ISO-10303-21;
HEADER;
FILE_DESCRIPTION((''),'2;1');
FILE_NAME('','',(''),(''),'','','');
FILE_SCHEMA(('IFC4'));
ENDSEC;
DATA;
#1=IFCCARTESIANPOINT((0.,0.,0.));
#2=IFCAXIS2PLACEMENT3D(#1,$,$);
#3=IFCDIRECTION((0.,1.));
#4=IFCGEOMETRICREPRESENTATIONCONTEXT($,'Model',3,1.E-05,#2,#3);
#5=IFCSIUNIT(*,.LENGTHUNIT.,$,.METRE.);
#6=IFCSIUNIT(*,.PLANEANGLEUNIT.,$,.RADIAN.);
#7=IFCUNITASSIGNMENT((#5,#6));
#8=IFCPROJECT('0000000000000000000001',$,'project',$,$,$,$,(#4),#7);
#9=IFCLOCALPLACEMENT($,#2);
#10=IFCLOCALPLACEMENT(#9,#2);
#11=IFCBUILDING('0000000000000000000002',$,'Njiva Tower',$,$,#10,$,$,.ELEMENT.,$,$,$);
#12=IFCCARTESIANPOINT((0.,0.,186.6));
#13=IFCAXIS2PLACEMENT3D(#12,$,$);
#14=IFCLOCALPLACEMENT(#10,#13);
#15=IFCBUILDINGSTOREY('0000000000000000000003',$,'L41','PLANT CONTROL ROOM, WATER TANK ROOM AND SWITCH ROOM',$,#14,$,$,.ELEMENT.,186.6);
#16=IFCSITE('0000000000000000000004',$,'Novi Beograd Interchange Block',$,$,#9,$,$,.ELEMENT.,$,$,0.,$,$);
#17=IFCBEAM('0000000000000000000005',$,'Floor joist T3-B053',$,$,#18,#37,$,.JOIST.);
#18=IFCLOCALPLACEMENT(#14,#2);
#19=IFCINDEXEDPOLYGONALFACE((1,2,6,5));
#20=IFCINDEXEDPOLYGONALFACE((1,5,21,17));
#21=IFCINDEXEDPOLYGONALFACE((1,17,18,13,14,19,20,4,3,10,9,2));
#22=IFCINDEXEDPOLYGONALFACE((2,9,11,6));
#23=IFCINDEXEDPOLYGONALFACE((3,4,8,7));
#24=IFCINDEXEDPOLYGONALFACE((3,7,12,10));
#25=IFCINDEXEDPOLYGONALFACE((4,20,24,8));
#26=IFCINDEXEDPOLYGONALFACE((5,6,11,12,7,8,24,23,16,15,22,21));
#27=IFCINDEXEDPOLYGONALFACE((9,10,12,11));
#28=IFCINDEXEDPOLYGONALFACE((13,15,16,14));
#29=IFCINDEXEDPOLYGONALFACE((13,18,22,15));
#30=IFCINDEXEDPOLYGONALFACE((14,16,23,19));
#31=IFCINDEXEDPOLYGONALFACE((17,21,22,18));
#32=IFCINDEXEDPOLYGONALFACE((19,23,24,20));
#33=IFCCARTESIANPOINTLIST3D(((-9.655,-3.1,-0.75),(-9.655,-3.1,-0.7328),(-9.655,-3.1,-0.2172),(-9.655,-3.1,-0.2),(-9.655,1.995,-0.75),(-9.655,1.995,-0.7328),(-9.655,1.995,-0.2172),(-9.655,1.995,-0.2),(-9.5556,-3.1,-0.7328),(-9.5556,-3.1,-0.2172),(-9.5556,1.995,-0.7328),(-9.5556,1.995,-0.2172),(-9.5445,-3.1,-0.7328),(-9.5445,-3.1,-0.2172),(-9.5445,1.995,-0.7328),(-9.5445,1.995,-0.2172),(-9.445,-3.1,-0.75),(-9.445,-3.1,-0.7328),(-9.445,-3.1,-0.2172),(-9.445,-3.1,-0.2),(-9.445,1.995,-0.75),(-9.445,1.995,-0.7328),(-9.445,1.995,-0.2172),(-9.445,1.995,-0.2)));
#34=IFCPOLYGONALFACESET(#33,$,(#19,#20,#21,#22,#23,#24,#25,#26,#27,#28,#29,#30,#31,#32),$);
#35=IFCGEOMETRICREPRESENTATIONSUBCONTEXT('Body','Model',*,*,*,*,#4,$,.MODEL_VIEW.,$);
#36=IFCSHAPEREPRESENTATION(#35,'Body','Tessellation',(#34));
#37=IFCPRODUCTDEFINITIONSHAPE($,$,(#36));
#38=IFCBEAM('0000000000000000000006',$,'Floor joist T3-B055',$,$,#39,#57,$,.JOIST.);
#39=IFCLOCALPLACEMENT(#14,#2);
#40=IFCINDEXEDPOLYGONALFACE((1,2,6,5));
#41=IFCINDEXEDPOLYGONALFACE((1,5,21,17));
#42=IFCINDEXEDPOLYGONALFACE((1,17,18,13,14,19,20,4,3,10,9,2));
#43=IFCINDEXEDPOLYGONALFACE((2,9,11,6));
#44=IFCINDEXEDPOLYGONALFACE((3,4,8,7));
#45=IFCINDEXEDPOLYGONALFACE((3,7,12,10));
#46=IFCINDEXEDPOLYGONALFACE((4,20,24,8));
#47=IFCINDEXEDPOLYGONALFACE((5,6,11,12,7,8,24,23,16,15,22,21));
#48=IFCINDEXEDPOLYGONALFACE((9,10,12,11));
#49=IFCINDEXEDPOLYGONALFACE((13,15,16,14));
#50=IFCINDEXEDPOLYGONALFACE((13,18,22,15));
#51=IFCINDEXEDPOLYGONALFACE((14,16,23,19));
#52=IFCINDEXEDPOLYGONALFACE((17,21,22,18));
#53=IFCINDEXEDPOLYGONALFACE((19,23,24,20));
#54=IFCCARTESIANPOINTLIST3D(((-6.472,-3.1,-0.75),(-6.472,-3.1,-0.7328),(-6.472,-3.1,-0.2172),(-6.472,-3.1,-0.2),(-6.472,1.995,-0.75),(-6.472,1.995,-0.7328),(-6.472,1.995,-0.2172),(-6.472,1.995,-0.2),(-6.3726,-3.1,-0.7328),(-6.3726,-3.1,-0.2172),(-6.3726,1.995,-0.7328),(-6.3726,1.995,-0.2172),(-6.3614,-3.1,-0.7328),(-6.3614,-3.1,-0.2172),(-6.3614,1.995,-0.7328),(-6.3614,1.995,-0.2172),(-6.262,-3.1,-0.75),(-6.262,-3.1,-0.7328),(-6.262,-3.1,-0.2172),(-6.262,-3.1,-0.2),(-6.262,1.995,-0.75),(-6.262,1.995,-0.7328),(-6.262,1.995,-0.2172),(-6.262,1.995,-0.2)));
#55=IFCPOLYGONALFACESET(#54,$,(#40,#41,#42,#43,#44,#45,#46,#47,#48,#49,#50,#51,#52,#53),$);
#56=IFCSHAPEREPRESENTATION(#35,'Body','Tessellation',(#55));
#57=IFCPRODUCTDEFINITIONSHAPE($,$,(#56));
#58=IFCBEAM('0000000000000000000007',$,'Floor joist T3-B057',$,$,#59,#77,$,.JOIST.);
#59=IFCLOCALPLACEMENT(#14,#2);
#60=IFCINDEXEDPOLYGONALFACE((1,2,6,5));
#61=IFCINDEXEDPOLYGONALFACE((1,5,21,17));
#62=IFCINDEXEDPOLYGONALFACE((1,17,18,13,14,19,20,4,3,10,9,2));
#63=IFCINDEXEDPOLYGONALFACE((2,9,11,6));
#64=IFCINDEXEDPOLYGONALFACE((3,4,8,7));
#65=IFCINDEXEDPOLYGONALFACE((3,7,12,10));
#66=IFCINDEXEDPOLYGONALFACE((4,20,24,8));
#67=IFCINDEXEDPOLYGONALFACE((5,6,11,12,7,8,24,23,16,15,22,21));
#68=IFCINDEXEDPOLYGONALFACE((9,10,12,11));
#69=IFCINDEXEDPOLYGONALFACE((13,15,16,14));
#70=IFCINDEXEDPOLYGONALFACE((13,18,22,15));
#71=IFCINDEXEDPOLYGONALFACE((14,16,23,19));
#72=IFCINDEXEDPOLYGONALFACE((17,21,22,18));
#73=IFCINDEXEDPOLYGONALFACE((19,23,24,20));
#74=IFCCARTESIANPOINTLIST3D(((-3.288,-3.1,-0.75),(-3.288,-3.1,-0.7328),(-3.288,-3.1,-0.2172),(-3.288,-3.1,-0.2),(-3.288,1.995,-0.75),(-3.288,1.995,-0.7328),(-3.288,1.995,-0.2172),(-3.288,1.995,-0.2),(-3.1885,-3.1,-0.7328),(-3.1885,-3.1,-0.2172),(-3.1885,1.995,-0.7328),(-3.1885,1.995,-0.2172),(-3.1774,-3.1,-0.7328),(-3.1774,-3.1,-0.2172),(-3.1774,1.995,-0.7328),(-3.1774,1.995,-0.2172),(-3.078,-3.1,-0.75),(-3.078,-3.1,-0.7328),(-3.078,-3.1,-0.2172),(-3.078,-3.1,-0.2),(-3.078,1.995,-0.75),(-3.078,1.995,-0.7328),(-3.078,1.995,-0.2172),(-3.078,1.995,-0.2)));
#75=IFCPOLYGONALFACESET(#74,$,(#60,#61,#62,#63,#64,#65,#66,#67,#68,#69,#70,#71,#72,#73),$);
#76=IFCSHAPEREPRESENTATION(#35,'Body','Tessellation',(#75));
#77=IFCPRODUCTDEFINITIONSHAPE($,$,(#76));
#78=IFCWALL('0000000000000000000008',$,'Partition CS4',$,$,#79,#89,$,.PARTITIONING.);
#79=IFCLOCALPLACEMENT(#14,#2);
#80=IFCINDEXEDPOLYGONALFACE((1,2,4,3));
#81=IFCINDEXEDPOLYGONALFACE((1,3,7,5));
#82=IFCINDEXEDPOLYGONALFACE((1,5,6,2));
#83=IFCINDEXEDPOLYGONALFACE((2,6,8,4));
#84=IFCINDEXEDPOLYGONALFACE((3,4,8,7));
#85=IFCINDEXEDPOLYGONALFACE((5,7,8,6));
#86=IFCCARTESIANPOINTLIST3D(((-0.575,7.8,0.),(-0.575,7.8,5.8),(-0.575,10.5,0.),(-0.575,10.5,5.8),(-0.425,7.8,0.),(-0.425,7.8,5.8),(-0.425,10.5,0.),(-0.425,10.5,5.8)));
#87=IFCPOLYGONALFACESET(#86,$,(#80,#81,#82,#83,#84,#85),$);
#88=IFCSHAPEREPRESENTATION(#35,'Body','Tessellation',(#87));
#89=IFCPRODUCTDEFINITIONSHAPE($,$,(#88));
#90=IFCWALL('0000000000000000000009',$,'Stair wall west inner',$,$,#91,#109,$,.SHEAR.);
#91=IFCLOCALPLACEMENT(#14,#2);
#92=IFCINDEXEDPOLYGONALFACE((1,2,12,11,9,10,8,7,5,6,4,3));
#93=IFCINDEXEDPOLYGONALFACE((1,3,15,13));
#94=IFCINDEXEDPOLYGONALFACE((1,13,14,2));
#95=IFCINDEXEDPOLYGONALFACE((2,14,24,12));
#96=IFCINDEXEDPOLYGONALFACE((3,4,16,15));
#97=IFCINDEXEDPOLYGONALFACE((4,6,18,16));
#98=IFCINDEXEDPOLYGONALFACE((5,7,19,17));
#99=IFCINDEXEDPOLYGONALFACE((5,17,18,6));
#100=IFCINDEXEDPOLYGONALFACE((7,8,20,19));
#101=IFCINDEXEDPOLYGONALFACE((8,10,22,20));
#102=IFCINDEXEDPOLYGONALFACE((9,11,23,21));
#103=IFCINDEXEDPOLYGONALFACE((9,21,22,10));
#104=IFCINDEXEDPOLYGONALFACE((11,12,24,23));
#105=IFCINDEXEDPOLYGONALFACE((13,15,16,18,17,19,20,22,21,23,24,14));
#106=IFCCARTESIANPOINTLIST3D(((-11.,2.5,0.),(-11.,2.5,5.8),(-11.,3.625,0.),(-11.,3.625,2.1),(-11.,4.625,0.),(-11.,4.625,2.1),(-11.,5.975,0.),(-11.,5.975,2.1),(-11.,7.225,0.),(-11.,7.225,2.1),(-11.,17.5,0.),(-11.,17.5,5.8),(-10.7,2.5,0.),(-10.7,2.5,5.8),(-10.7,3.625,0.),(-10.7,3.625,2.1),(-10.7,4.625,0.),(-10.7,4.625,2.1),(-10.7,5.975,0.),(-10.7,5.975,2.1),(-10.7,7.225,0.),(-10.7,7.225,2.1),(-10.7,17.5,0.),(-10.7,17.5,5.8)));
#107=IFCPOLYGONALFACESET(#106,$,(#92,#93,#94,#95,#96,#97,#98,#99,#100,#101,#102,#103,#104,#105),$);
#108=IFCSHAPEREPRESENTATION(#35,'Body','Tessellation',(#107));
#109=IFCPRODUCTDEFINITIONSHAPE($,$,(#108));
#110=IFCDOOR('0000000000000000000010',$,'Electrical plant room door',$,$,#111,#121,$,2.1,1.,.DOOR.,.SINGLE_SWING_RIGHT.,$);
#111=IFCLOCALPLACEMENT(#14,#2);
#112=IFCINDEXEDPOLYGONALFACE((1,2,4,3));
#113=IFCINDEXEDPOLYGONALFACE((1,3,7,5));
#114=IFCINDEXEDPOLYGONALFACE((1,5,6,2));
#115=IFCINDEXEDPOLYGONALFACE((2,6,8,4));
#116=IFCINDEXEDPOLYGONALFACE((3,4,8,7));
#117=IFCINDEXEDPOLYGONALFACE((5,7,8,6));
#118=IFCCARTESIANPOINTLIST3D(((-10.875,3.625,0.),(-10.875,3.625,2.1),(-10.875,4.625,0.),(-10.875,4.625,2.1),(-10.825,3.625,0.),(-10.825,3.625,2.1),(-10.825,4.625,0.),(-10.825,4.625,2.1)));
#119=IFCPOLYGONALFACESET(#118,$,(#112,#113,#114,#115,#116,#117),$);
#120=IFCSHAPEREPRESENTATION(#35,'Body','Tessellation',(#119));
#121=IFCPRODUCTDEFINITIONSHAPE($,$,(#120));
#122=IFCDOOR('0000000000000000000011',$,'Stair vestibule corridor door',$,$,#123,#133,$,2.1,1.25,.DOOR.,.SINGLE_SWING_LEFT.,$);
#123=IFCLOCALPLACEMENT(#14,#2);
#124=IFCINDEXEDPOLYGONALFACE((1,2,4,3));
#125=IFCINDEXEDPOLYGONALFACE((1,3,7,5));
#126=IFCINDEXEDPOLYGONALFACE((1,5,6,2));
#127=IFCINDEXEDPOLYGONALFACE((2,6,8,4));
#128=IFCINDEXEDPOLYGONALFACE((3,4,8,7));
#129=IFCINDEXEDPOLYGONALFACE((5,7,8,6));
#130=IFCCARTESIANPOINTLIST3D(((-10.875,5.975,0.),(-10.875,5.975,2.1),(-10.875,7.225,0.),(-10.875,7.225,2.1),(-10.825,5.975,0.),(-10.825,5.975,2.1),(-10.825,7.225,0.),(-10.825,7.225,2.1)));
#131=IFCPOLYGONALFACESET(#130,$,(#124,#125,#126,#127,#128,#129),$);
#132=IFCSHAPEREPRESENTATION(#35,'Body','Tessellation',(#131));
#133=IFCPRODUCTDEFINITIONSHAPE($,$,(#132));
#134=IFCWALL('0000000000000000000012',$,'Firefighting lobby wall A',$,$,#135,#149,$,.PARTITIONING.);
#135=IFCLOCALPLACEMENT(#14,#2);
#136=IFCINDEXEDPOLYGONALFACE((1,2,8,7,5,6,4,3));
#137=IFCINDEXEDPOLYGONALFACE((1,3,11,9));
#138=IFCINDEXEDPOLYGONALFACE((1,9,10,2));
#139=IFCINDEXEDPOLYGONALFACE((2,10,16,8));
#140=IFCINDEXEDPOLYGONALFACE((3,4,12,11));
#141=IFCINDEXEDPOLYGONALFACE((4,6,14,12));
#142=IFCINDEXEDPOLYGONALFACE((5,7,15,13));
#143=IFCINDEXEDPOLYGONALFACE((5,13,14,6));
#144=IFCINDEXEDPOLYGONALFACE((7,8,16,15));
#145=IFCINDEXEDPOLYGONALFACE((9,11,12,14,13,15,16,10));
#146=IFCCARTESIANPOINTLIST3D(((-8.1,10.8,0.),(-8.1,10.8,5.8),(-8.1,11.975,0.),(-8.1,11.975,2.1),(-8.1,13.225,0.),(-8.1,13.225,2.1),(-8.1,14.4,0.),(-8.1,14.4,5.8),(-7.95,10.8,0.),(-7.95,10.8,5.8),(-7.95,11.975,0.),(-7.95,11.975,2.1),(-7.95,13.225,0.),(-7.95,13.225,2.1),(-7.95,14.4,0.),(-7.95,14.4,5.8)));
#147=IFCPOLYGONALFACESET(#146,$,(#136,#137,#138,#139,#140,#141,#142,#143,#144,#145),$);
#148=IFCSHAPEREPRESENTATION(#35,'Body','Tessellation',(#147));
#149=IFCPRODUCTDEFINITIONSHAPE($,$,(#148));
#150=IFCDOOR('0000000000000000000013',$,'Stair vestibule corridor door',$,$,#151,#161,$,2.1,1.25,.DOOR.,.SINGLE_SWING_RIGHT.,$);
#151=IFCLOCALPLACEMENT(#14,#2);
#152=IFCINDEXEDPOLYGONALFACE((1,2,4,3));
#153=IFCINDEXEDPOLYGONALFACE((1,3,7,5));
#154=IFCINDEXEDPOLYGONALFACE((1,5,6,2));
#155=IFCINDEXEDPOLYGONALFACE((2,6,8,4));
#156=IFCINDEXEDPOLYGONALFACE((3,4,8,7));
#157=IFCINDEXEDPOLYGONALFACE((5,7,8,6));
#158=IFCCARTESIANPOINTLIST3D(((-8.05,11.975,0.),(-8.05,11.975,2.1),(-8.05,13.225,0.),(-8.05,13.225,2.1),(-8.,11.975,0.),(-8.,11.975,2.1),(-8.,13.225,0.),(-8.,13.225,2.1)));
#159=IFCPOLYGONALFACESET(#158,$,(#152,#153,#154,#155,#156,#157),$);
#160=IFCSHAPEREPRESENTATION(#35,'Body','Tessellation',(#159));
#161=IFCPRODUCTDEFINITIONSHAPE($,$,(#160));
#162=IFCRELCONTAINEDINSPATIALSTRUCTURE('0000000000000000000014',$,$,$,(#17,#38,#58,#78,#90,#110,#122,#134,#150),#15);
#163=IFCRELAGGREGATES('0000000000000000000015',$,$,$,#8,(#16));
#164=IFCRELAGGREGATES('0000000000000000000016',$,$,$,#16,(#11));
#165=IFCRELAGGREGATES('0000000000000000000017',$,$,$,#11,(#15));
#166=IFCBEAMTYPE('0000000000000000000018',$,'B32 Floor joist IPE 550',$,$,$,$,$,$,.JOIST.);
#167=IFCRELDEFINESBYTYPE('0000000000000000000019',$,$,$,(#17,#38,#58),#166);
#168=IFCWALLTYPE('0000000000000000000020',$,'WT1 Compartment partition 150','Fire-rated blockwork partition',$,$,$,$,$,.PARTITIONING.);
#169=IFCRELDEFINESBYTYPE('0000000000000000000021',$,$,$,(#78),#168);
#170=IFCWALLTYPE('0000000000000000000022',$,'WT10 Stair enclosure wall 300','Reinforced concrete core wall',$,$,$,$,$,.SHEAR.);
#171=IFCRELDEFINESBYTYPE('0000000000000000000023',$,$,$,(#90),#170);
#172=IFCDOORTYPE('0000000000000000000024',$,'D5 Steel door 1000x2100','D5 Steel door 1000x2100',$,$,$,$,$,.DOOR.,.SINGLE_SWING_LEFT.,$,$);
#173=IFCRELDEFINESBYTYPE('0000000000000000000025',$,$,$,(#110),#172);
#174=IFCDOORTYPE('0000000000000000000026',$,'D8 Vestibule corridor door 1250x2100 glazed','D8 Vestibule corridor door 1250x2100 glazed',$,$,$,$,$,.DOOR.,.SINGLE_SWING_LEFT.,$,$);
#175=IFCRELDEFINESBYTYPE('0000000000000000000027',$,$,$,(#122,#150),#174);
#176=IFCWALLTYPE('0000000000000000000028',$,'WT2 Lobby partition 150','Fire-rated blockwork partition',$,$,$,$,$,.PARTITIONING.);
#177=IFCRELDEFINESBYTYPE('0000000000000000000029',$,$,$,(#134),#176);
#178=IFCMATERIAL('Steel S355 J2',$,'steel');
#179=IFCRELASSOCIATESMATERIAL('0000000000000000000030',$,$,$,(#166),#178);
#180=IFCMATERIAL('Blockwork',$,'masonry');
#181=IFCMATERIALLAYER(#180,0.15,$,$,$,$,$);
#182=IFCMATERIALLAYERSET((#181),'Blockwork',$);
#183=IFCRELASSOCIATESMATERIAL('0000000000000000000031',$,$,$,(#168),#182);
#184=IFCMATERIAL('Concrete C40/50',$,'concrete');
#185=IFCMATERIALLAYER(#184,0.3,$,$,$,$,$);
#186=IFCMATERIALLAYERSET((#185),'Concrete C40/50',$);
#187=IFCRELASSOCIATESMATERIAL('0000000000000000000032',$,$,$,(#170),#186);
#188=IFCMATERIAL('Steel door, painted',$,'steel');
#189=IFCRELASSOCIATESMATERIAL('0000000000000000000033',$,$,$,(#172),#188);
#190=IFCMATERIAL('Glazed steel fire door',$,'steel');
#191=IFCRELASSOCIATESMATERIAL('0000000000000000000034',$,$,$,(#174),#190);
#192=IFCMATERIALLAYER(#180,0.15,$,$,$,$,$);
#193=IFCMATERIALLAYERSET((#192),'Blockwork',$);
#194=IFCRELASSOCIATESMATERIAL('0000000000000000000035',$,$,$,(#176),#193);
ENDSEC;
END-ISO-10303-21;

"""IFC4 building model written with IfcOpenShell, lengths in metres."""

from ifc_helpers import new_model, si_unit, direction, frame, frame_2d, origin, origin_2d, place, context, subcontext, project, spatial, rectangle, i_section, extrude, material, layer, layer_set, material_profile, profile_set, type_object, element, fill, save


model = new_model("IFC4")

# Units and contexts
model_context = context("Model", 3, precision=1e-05, world=origin(), true_north=direction((0.0, 1.0)))
body_context = subcontext(model_context, "Body", "Model", "MODEL_VIEW")
ifc_project = project(units=[si_unit("LENGTHUNIT", "METRE"), si_unit("PLANEANGLEUNIT", "RADIAN")], contexts=[model_context])

# Site, building, storey
site_placement = place(None, origin())
site = spatial("IfcSite", under=ifc_project, at=site_placement, Name="Novi Beograd Interchange Block", CompositionType="ELEMENT", RefElevation=0.0)
building_placement = place(site_placement, origin())
building = spatial("IfcBuilding", under=site, at=building_placement, Name="Njiva Tower", CompositionType="ELEMENT")
storey_placement = place(building_placement, frame((0.0, 0.0, 186.6)))
storey = spatial("IfcBuildingStorey", under=building, at=storey_placement, Name="L41", Description="PLANT CONTROL ROOM, WATER TANK ROOM AND SWITCH ROOM", CompositionType="ELEMENT", Elevation=186.6)

# Beams
ifc_material_1 = material(Name="Steel S355 J2", Category="steel")
ifc_material_profile = material_profile(ifc_material_1, i_section(OverallWidth=0.21, OverallDepth=0.55, WebThickness=0.0111, FlangeThickness=0.0172, at=origin_2d()), Name="IPE 550")
ifc_profile_set = profile_set([ifc_material_profile], Name="Steel S355 J2")
beam_type = type_object("IfcBeamType", Name="B32 Floor joist IPE 550", PredefinedType="JOIST", material=ifc_profile_set)
for number, where, z_axis, x_axis, name in (
    (1, (-9.55, 1.995, -0.475), (0.0, -1.0, 0.0), (1.0, 0.0, 0.0), "Floor joist T3-B053"),
    (2, (-6.367, 1.995, -0.475), (0.0, -1.0, 0.0), (1.0, 0.0, 0.0), "Floor joist T3-B055"),
    (3, (-3.183, 1.995, -0.475), (0.0, -1.0, 0.0), (1.0, 0.0, 0.0), "Floor joist T3-B057"),
):
    element("IfcBeam", number, at=place(storey_placement, frame(where, z_axis=z_axis, x_axis=x_axis)), inside=storey, type_object=beam_type, Name=name, PredefinedType="JOIST", context=body_context, shape_type="SweptSolid", body=[
        extrude(i_section(OverallWidth=0.21, OverallDepth=0.55, WebThickness=0.0111, FlangeThickness=0.0172, at=origin_2d()), origin(), (0.0, 0.0, 1.0), 5.095),
    ])

# Wall
ifc_material_2 = material(Name="Blockwork", Category="masonry")
ifc_layer_1 = layer(ifc_material_2, 0.15)
ifc_layer_set_1 = layer_set([ifc_layer_1], Name="Blockwork")
wall_type_1 = type_object("IfcWallType", Name="WT1 Compartment partition 150", Description="Fire-rated blockwork partition", PredefinedType="PARTITIONING", material=ifc_layer_set_1)
wall_1_placement = place(storey_placement, frame((-0.5, 7.8, 0.0), z_axis=(0.0, 0.0, 1.0), x_axis=(0.0, 1.0, 0.0)))
element("IfcWall", 4, at=wall_1_placement, inside=storey, type_object=wall_type_1, Name="Partition CS4", PredefinedType="PARTITIONING", context=body_context, shape_type="SweptSolid", body=[
    extrude(rectangle(XDim=2.7, YDim=0.15, at=frame_2d((1.35, 0.0))), origin(), (0.0, 0.0, 1.0), 5.8),
])

# Wall, openings, doors
ifc_material_3 = material(Name="Concrete C40/50", Category="concrete")
ifc_layer_2 = layer(ifc_material_3, 0.3)
ifc_layer_set_2 = layer_set([ifc_layer_2], Name="Concrete C40/50")
wall_type_2 = type_object("IfcWallType", Name="WT10 Stair enclosure wall 300", Description="Reinforced concrete core wall", PredefinedType="SHEAR", material=ifc_layer_set_2)
wall_2_placement = place(storey_placement, frame((-10.85, 2.5, 0.0), z_axis=(0.0, 0.0, 1.0), x_axis=(0.0, 1.0, 0.0)))
wall_2 = element("IfcWall", 5, at=wall_2_placement, inside=storey, type_object=wall_type_2, Name="Stair wall west inner", PredefinedType="SHEAR", context=body_context, shape_type="SweptSolid", body=[
    extrude(rectangle(XDim=15.0, YDim=0.3, at=frame_2d((7.5, 0.0))), origin(), (0.0, 0.0, 1.0), 5.8),
])
opening_1_placement = place(wall_2_placement, frame((3.475, 0.0, 0.0)))
opening_1 = element("IfcOpeningElement", 6, at=opening_1_placement, cuts=wall_2, PredefinedType="OPENING", context=body_context, shape_type="SweptSolid", body=[
    extrude(rectangle(XDim=1.25, YDim=2.1, at=frame_2d((0.625, 1.05))), frame((0.0, 0.16, 0.0), z_axis=(0.0, -1.0, 0.0), x_axis=(1.0, 0.0, 0.0)), (0.0, 0.0, 1.0), 0.32),
])
opening_2_placement = place(wall_2_placement, frame((1.125, 0.0, 0.0)))
opening_2 = element("IfcOpeningElement", 7, at=opening_2_placement, cuts=wall_2, PredefinedType="OPENING", context=body_context, shape_type="SweptSolid", body=[
    extrude(rectangle(XDim=1.0, YDim=2.1, at=frame_2d((0.5, 1.05))), frame((0.0, 0.16, 0.0), z_axis=(0.0, -1.0, 0.0), x_axis=(1.0, 0.0, 0.0)), (0.0, 0.0, 1.0), 0.32),
])
ifc_material_4 = material(Name="Steel door, painted", Category="steel")
door_type_1 = type_object("IfcDoorType", Name="D5 Steel door 1000x2100", Description="D5 Steel door 1000x2100", OperationType="SINGLE_SWING_LEFT", PredefinedType="DOOR", material=ifc_material_4)
door_1_placement = place(opening_2_placement, origin())
door_1 = element("IfcDoor", 8, at=door_1_placement, inside=storey, type_object=door_type_1, Name="Electrical plant room door", OperationType="SINGLE_SWING_RIGHT", OverallHeight=2.1, OverallWidth=1.0, PredefinedType="DOOR", context=body_context, shape_type="SweptSolid", body=[
    extrude(rectangle(XDim=1.0, YDim=2.1, at=frame_2d((0.5, 1.05))), frame((0.0, 0.025, 0.0), z_axis=(0.0, -1.0, 0.0), x_axis=(1.0, 0.0, 0.0)), (0.0, 0.0, 1.0), 0.05),
])
fill(opening_2, door_1)
ifc_material_5 = material(Name="Glazed steel fire door", Category="steel")
door_type_2 = type_object("IfcDoorType", Name="D8 Vestibule corridor door 1250x2100 glazed", Description="D8 Vestibule corridor door 1250x2100 glazed", OperationType="SINGLE_SWING_LEFT", PredefinedType="DOOR", material=ifc_material_5)
door_2_placement = place(opening_1_placement, origin())
door_2 = element("IfcDoor", 9, at=door_2_placement, inside=storey, type_object=door_type_2, Name="Stair vestibule corridor door", OperationType="SINGLE_SWING_LEFT", OverallHeight=2.1, OverallWidth=1.25, PredefinedType="DOOR", context=body_context, shape_type="SweptSolid", body=[
    extrude(rectangle(XDim=1.25, YDim=2.1, at=frame_2d((0.625, 1.05))), frame((0.0, 0.025, 0.0), z_axis=(0.0, -1.0, 0.0), x_axis=(1.0, 0.0, 0.0)), (0.0, 0.0, 1.0), 0.05),
])
fill(opening_1, door_2)

# Wall, opening, door
ifc_layer_3 = layer(ifc_material_2, 0.15)
ifc_layer_set_3 = layer_set([ifc_layer_3], Name="Blockwork")
wall_type_3 = type_object("IfcWallType", Name="WT2 Lobby partition 150", Description="Fire-rated blockwork partition", PredefinedType="PARTITIONING", material=ifc_layer_set_3)
wall_3_placement = place(storey_placement, frame((-8.025, 10.8, 0.0), z_axis=(0.0, 0.0, 1.0), x_axis=(0.0, 1.0, 0.0)))
wall_3 = element("IfcWall", 10, at=wall_3_placement, inside=storey, type_object=wall_type_3, Name="Firefighting lobby wall A", PredefinedType="PARTITIONING", context=body_context, shape_type="SweptSolid", body=[
    extrude(rectangle(XDim=3.6, YDim=0.15, at=frame_2d((1.8, 0.0))), origin(), (0.0, 0.0, 1.0), 5.8),
])
opening_3_placement = place(wall_3_placement, frame((1.175, 0.0, 0.0)))
opening_3 = element("IfcOpeningElement", 11, at=opening_3_placement, cuts=wall_3, PredefinedType="OPENING", context=body_context, shape_type="SweptSolid", body=[
    extrude(rectangle(XDim=1.25, YDim=2.1, at=frame_2d((0.625, 1.05))), frame((0.0, 0.085, 0.0), z_axis=(0.0, -1.0, 0.0), x_axis=(1.0, 0.0, 0.0)), (0.0, 0.0, 1.0), 0.17),
])
door_3_placement = place(opening_3_placement, origin())
door_3 = element("IfcDoor", 12, at=door_3_placement, inside=storey, type_object=door_type_2, Name="Stair vestibule corridor door", OperationType="SINGLE_SWING_RIGHT", OverallHeight=2.1, OverallWidth=1.25, PredefinedType="DOOR", context=body_context, shape_type="SweptSolid", body=[
    extrude(rectangle(XDim=1.25, YDim=2.1, at=frame_2d((0.625, 1.05))), frame((0.0, 0.025, 0.0), z_axis=(0.0, -1.0, 0.0), x_axis=(1.0, 0.0, 0.0)), (0.0, 0.0, 1.0), 0.05),
])
fill(opening_3, door_3)

save(model, "model.ifc")
